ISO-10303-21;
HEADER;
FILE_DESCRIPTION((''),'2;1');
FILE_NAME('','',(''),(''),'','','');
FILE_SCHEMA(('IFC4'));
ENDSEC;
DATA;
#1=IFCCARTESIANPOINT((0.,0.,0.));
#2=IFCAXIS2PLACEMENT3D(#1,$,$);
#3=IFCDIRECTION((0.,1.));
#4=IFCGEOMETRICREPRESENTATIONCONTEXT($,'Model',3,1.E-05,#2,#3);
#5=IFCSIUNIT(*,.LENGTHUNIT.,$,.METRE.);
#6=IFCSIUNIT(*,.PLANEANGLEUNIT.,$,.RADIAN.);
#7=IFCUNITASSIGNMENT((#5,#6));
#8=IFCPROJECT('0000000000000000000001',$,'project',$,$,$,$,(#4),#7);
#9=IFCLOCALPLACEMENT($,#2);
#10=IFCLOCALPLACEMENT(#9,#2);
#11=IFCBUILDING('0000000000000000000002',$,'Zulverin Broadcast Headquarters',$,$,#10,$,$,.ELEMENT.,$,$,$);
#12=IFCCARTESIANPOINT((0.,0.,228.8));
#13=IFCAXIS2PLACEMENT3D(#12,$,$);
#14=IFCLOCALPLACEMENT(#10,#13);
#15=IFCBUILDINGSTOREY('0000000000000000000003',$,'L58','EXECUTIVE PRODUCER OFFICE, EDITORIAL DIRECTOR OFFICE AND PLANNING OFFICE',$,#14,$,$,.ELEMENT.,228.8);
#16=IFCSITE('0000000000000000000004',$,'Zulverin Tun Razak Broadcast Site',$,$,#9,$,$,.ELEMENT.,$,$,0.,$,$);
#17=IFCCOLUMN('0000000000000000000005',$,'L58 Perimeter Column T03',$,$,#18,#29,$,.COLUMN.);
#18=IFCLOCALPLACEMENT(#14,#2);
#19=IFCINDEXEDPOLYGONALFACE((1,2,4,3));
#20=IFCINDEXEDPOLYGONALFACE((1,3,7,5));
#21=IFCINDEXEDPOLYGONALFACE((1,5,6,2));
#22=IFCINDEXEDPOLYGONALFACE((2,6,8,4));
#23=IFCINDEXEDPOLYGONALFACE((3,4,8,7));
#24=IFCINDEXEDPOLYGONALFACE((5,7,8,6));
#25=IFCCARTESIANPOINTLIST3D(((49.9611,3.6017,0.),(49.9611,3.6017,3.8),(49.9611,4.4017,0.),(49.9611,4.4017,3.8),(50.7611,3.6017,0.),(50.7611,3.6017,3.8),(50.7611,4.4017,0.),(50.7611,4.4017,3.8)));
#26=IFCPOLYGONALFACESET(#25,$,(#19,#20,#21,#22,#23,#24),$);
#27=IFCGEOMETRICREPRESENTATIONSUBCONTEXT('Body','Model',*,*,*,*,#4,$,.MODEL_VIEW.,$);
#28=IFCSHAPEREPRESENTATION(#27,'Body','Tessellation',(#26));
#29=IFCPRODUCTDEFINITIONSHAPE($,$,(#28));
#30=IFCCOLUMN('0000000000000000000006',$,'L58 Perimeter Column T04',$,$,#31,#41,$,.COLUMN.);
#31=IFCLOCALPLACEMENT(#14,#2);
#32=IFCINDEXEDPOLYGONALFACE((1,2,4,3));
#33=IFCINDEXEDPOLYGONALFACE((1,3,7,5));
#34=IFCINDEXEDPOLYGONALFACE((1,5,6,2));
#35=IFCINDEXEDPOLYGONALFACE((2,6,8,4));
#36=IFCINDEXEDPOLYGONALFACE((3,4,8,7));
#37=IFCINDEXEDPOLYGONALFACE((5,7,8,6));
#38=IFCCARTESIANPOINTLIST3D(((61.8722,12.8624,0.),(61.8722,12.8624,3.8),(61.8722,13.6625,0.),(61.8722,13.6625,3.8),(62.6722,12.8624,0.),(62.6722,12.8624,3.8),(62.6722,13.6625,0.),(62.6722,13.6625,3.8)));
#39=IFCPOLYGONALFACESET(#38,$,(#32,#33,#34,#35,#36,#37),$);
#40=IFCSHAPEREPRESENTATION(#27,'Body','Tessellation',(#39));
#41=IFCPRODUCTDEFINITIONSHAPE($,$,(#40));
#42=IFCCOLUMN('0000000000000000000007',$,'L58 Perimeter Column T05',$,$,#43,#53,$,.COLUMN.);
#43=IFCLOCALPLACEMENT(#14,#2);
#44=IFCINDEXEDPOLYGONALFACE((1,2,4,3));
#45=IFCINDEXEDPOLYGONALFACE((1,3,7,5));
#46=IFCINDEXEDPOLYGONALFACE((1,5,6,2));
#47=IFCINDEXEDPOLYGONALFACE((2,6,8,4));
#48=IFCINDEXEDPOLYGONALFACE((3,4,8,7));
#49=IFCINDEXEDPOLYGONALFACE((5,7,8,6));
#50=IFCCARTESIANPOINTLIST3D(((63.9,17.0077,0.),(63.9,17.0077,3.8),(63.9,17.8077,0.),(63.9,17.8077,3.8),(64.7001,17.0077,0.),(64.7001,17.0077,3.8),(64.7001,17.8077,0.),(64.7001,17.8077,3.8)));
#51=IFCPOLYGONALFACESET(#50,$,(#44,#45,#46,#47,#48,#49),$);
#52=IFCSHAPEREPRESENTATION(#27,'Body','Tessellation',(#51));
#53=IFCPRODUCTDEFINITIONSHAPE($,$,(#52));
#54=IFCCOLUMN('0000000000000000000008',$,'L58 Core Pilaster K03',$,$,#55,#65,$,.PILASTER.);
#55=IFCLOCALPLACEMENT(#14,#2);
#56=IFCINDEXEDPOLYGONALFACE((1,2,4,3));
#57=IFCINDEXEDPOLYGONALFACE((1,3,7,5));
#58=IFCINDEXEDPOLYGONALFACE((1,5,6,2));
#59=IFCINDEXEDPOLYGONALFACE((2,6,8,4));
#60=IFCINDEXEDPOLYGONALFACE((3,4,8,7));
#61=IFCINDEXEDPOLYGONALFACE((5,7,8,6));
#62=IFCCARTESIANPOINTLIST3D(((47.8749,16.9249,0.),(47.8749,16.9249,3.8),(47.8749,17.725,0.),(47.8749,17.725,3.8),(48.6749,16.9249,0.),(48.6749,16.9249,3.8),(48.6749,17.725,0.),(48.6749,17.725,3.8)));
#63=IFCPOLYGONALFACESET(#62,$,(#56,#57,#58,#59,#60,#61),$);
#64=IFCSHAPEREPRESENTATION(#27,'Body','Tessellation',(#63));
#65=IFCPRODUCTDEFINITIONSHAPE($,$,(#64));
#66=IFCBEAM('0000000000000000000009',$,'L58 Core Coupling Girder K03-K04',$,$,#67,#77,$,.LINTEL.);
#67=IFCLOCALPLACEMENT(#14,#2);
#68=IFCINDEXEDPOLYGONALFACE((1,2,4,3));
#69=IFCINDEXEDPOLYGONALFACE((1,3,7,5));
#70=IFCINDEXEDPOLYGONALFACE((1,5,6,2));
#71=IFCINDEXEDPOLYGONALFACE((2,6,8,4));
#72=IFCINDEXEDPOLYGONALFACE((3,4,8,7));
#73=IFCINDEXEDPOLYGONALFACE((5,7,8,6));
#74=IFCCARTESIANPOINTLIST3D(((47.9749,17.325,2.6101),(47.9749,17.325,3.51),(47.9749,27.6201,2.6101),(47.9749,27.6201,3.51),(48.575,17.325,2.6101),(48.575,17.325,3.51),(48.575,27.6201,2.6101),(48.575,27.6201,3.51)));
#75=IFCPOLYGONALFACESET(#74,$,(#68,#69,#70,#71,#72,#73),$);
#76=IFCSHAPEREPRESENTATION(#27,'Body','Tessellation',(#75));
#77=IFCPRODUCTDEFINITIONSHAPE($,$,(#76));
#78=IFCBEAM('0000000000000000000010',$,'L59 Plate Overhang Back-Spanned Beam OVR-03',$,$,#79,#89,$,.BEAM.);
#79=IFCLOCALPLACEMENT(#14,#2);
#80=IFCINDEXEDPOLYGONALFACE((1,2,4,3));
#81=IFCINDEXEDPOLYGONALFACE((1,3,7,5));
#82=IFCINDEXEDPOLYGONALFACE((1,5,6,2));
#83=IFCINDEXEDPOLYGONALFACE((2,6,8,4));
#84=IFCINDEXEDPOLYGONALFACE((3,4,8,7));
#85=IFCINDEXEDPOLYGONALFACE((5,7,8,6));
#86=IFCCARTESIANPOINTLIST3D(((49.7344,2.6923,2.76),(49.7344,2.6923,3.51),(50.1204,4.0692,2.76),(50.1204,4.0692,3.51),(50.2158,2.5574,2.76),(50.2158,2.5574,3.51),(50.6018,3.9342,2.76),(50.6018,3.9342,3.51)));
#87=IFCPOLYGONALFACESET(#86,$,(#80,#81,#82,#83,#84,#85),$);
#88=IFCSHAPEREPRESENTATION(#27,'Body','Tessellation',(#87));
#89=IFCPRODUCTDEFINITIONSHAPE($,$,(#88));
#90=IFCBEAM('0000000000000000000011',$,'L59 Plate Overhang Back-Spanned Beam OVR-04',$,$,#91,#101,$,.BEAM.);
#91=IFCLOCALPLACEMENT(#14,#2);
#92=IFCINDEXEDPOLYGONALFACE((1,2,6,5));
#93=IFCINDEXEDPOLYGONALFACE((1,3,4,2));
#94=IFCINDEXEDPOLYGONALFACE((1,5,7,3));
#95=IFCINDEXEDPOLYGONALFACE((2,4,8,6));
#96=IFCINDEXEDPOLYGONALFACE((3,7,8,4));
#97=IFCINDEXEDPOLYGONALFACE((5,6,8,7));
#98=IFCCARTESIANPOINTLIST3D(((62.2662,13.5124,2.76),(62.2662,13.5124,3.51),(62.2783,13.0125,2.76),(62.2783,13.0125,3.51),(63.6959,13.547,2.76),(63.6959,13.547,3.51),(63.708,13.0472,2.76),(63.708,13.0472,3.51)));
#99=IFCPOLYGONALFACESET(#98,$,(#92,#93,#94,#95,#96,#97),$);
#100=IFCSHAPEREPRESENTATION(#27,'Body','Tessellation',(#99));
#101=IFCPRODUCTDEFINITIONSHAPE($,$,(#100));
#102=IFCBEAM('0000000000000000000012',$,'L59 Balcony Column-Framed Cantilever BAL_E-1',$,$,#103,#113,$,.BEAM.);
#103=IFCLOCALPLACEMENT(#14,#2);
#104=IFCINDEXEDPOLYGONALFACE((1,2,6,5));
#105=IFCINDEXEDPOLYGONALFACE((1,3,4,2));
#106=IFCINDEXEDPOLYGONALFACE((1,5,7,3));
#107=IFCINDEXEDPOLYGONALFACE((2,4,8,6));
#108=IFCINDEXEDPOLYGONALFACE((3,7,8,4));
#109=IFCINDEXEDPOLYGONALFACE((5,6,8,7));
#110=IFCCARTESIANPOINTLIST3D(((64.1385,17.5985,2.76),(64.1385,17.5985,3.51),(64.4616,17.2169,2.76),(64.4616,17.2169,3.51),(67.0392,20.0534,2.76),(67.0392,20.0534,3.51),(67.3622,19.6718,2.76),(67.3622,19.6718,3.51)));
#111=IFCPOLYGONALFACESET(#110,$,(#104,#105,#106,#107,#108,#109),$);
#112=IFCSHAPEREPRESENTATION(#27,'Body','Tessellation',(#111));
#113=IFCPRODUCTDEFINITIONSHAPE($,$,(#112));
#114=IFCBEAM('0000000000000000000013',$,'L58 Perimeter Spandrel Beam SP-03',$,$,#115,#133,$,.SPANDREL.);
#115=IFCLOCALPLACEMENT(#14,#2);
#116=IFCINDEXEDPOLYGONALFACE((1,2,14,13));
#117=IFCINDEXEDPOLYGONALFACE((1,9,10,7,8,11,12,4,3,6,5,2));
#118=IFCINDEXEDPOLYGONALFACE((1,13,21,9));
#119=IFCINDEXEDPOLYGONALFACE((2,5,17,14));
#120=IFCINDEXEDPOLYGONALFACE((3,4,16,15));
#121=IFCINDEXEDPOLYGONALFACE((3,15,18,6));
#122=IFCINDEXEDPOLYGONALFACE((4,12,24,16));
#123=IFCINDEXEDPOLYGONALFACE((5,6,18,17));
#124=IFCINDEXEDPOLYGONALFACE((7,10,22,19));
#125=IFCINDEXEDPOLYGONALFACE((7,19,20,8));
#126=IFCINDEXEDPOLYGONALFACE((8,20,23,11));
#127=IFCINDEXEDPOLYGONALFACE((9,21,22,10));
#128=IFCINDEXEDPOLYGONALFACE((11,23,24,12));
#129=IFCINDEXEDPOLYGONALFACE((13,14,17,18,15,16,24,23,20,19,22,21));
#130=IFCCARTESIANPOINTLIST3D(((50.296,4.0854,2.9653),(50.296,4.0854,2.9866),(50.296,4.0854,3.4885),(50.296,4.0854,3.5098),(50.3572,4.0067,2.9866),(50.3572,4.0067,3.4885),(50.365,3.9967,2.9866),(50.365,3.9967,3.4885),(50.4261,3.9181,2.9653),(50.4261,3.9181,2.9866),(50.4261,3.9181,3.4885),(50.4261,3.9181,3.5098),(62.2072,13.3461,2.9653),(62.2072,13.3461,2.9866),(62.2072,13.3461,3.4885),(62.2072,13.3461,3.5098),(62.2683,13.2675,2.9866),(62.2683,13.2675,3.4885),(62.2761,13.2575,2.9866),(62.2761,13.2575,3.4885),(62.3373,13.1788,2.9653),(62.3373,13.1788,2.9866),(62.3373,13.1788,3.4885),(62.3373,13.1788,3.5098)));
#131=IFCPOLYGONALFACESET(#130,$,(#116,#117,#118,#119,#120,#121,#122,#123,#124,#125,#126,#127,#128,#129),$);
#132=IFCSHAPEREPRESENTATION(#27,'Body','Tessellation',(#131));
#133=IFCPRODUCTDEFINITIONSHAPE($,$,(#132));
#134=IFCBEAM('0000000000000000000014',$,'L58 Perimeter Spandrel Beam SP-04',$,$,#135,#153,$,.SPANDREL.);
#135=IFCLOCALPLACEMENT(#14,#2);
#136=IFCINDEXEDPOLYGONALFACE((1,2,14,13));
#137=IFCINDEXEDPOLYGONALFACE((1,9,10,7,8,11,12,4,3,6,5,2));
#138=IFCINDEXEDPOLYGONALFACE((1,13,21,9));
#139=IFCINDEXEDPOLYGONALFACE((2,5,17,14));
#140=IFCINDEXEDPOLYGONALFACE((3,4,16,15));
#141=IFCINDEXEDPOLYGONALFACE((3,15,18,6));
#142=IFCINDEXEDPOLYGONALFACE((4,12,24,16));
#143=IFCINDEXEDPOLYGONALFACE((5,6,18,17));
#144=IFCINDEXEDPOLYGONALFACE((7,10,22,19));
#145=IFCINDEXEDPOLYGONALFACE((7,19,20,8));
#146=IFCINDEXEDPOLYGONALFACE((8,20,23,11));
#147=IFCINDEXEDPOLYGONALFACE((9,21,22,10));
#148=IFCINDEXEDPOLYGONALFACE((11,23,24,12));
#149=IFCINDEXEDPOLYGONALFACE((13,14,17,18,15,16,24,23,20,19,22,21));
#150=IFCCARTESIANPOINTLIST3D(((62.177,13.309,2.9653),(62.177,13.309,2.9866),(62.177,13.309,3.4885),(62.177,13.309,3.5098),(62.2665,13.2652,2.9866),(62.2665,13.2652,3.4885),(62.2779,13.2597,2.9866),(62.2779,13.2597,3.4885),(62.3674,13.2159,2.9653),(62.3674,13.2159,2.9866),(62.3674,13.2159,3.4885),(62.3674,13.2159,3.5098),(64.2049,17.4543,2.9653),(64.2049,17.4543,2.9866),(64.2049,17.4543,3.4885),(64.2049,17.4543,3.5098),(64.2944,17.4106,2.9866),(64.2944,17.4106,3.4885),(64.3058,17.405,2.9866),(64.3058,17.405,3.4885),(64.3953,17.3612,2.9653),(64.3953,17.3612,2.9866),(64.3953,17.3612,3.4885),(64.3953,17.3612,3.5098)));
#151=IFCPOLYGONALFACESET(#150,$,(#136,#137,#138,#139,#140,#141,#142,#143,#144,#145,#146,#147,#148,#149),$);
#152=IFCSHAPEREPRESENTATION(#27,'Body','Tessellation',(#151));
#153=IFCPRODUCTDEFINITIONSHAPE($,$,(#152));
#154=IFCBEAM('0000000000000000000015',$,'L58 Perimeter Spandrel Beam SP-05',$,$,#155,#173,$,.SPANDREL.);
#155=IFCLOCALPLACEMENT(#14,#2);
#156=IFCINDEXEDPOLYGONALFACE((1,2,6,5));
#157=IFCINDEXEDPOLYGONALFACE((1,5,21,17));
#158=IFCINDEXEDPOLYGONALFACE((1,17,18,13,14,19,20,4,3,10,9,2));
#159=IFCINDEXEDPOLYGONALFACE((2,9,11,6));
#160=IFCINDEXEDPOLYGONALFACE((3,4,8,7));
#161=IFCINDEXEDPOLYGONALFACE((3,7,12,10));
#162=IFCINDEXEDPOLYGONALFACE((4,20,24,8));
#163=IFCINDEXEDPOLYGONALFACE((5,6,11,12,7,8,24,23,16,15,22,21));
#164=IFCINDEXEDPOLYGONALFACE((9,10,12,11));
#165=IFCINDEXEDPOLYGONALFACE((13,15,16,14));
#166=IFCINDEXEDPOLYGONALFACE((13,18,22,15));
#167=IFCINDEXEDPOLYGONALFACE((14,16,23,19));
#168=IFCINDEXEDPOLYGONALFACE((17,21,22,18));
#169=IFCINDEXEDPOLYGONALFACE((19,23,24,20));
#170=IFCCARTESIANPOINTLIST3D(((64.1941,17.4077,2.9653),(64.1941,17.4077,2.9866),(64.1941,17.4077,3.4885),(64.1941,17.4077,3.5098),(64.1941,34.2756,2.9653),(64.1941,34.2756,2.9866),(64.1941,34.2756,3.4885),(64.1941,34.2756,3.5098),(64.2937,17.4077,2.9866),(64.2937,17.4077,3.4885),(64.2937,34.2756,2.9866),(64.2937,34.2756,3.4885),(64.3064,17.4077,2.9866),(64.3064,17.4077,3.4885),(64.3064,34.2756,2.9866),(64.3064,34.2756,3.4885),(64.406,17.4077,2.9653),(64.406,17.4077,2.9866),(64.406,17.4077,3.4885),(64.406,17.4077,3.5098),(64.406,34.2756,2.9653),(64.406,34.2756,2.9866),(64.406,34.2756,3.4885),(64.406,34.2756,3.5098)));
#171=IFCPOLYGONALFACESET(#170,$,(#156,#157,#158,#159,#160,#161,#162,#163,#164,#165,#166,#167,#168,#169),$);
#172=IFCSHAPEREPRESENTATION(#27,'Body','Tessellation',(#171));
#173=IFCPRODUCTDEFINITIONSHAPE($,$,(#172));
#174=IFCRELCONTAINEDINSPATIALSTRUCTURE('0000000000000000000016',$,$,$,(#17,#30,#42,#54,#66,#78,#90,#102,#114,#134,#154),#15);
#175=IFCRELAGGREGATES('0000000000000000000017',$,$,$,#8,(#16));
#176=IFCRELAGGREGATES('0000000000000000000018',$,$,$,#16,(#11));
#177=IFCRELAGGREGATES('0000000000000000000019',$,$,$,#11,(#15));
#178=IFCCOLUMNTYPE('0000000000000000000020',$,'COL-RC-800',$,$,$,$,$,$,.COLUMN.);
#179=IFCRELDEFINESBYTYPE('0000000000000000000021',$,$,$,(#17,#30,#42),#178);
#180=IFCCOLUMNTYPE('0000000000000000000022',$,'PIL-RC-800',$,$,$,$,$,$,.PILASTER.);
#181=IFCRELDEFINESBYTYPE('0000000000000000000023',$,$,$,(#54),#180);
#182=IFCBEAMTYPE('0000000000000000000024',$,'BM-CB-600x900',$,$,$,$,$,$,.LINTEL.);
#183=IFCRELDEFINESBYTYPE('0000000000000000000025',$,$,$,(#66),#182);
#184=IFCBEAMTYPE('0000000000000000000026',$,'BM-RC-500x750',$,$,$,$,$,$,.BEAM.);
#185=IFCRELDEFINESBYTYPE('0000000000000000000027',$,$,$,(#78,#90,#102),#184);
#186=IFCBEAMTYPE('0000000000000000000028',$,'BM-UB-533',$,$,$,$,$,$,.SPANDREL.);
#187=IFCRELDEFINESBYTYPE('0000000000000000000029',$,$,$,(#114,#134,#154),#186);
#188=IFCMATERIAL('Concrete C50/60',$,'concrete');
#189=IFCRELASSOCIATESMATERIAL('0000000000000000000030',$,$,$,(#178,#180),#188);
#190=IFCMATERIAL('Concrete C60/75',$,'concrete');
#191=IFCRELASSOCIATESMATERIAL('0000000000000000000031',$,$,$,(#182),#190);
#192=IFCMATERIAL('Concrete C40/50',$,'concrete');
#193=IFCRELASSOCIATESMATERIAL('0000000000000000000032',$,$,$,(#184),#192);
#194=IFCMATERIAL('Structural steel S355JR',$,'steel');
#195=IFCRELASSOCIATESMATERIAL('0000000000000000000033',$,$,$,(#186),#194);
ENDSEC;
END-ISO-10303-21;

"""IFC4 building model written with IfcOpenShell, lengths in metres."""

from ifc_helpers import new_model, si_unit, direction, frame, origin, origin_2d, place, context, subcontext, project, spatial, rectangle, i_section, extrude, material, material_profile, profile_set, type_object, element, save


model = new_model("IFC4")

# Units and contexts
model_context = context("Model", 3, precision=1e-05, world=origin(), true_north=direction((0.0, 1.0)))
body_context = subcontext(model_context, "Body", "Model", "MODEL_VIEW")
ifc_project = project(units=[si_unit("LENGTHUNIT", "METRE"), si_unit("PLANEANGLEUNIT", "RADIAN")], contexts=[model_context])

# Site, building, storey
site_placement = place(None, origin())
site = spatial("IfcSite", under=ifc_project, at=site_placement, Name="Zulverin Tun Razak Broadcast Site", CompositionType="ELEMENT", RefElevation=0.0)
building_placement = place(site_placement, origin())
building = spatial("IfcBuilding", under=site, at=building_placement, Name="Zulverin Broadcast Headquarters", CompositionType="ELEMENT")
storey_placement = place(building_placement, frame((0.0, 0.0, 228.8)))
storey = spatial("IfcBuildingStorey", under=building, at=storey_placement, Name="L58", Description="EXECUTIVE PRODUCER OFFICE, EDITORIAL DIRECTOR OFFICE AND PLANNING OFFICE", CompositionType="ELEMENT", Elevation=228.8)

# Columns
ifc_material_1 = material(Name="Concrete C50/60", Category="concrete")
ifc_material_profile_1 = material_profile(ifc_material_1, rectangle(XDim=0.8, YDim=0.8, at=origin_2d()), Name="Concrete C50/60", Category="concrete")
ifc_profile_set_1 = profile_set([ifc_material_profile_1], Name="Concrete C50/60")
column_type_1 = type_object("IfcColumnType", Name="COL-RC-800", PredefinedType="COLUMN", material=ifc_profile_set_1)
for number, where, z_axis, x_axis, name in (
    (1, (50.3611, 4.0017, 0.0), (0.0, 0.0, 1.0), (1.0, 0.0, 0.0), "L58 Perimeter Column T03"),
    (2, (62.2722, 13.2625, 0.0), (0.0, 0.0, 1.0), (1.0, 0.0, 0.0), "L58 Perimeter Column T04"),
    (3, (64.3, 17.4077, 0.0), (0.0, 0.0, 1.0), (1.0, 0.0, 0.0), "L58 Perimeter Column T05"),
):
    element("IfcColumn", number, at=place(storey_placement, frame(where, z_axis=z_axis, x_axis=x_axis)), inside=storey, type_object=column_type_1, Name=name, PredefinedType="COLUMN", context=body_context, shape_type="SweptSolid", body=[
        extrude(rectangle(XDim=0.8, YDim=0.8, at=origin_2d()), origin(), (0.0, 0.0, 1.0), 3.8),
    ])
ifc_material_profile_2 = material_profile(ifc_material_1, rectangle(XDim=0.8, YDim=0.8, at=origin_2d()), Name="Concrete C50/60", Category="concrete")
ifc_profile_set_2 = profile_set([ifc_material_profile_2], Name="Concrete C50/60")
column_type_2 = type_object("IfcColumnType", Name="PIL-RC-800", PredefinedType="PILASTER", material=ifc_profile_set_2)
column_placement = place(storey_placement, frame((48.2749, 17.325, 0.0), z_axis=(0.0, 0.0, 1.0), x_axis=(1.0, 0.0, 0.0)))
element("IfcColumn", 4, at=column_placement, inside=storey, type_object=column_type_2, Name="L58 Core Pilaster K03", PredefinedType="PILASTER", context=body_context, shape_type="SweptSolid", body=[
    extrude(rectangle(XDim=0.8, YDim=0.8, at=origin_2d()), origin(), (0.0, 0.0, 1.0), 3.8),
])

# Beams
ifc_material_2 = material(Name="Concrete C60/75", Category="concrete")
ifc_material_profile_3 = material_profile(ifc_material_2, rectangle(XDim=0.6001, YDim=0.8999, at=origin_2d()), Name="Concrete C60/75", Category="concrete")
ifc_profile_set_3 = profile_set([ifc_material_profile_3], Name="Concrete C60/75")
beam_type_1 = type_object("IfcBeamType", Name="BM-CB-600x900", PredefinedType="LINTEL", material=ifc_profile_set_3)
beam_1_placement = place(storey_placement, frame((48.2749, 17.325, 3.0601), z_axis=(0.0, 1.0, 0.0), x_axis=(-1.0, 0.0, 0.0)))
element("IfcBeam", 5, at=beam_1_placement, inside=storey, type_object=beam_type_1, Name="L58 Core Coupling Girder K03-K04", PredefinedType="LINTEL", context=body_context, shape_type="SweptSolid", body=[
    extrude(rectangle(XDim=0.6001, YDim=0.8999, at=origin_2d()), origin(), (0.0, 0.0, 1.0), 10.2952),
])
ifc_material_3 = material(Name="Concrete C40/50", Category="concrete")
ifc_material_profile_4 = material_profile(ifc_material_3, rectangle(XDim=0.5, YDim=0.75, at=origin_2d()), Name="Concrete C40/50", Category="concrete")
ifc_profile_set_4 = profile_set([ifc_material_profile_4], Name="Concrete C40/50")
beam_type_2 = type_object("IfcBeamType", Name="BM-RC-500x750", PredefinedType="BEAM", material=ifc_profile_set_4)
beam_2_placement = place(storey_placement, frame((50.3611, 4.0017, 3.135), z_axis=(-0.269915, -0.962884, 0.0), x_axis=(0.962884, -0.269915, 0.0)))
element("IfcBeam", 6, at=beam_2_placement, inside=storey, type_object=beam_type_2, Name="L59 Plate Overhang Back-Spanned Beam OVR-03", PredefinedType="BEAM", context=body_context, shape_type="SweptSolid", body=[
    extrude(rectangle(XDim=0.5, YDim=0.75, at=origin_2d()), origin(), (0.0, 0.0, 1.0), 1.4299),
])
beam_3_placement = place(storey_placement, frame((62.2722, 13.2625, 3.135), z_axis=(0.999706, 0.024242, 0.0), x_axis=(-0.024242, 0.999706, 0.0)))
element("IfcBeam", 7, at=beam_3_placement, inside=storey, type_object=beam_type_2, Name="L59 Plate Overhang Back-Spanned Beam OVR-04", PredefinedType="BEAM", context=body_context, shape_type="SweptSolid", body=[
    extrude(rectangle(XDim=0.5, YDim=0.75, at=origin_2d()), origin(), (0.0, 0.0, 1.0), 1.4302),
])
beam_4_placement = place(storey_placement, frame((64.3, 17.4077, 3.135), z_axis=(0.763328, 0.646011, 0.0), x_axis=(-0.646011, 0.763328, 0.0)))
element("IfcBeam", 8, at=beam_4_placement, inside=storey, type_object=beam_type_2, Name="L59 Balcony Column-Framed Cantilever BAL_E-1", PredefinedType="BEAM", context=body_context, shape_type="SweptSolid", body=[
    extrude(rectangle(XDim=0.5, YDim=0.75, at=origin_2d()), origin(), (0.0, 0.0, 1.0), 3.8),
])
ifc_material_4 = material(Name="Structural steel S355JR", Category="steel")
ifc_material_profile_5 = material_profile(ifc_material_4, i_section(OverallWidth=0.2119, OverallDepth=0.5444, WebThickness=0.0127, FlangeThickness=0.0212, at=origin_2d()), Name="Structural steel S355JR", Category="steel")
ifc_profile_set_5 = profile_set([ifc_material_profile_5], Name="Structural steel S355JR")
beam_type_3 = type_object("IfcBeamType", Name="BM-UB-533", PredefinedType="SPANDREL", material=ifc_profile_set_5)
beam_5_placement = place(storey_placement, frame((50.3611, 4.0017, 3.2375), z_axis=(0.789464, 0.613797, 0.0), x_axis=(-0.613797, 0.789464, 0.0)))
element("IfcBeam", 9, at=beam_5_placement, inside=storey, type_object=beam_type_3, Name="L58 Perimeter Spandrel Beam SP-03", PredefinedType="SPANDREL", context=body_context, shape_type="SweptSolid", body=[
    extrude(i_section(OverallWidth=0.2119, OverallDepth=0.5444, WebThickness=0.0127, FlangeThickness=0.0212, at=origin_2d()), origin(), (0.0, 0.0, 1.0), 15.0876),
])
beam_6_placement = place(storey_placement, frame((62.2722, 13.2625, 3.2375), z_axis=(0.43943, 0.898277, 0.0), x_axis=(-0.898277, 0.43943, 0.0)))
element("IfcBeam", 10, at=beam_6_placement, inside=storey, type_object=beam_type_3, Name="L58 Perimeter Spandrel Beam SP-04", PredefinedType="SPANDREL", context=body_context, shape_type="SweptSolid", body=[
    extrude(i_section(OverallWidth=0.2119, OverallDepth=0.5444, WebThickness=0.0127, FlangeThickness=0.0212, at=origin_2d()), origin(), (0.0, 0.0, 1.0), 4.6147),
])
beam_7_placement = place(storey_placement, frame((64.3, 17.4077, 3.2375), z_axis=(0.0, 1.0, 0.0), x_axis=(-1.0, 0.0, 0.0)))
element("IfcBeam", 11, at=beam_7_placement, inside=storey, type_object=beam_type_3, Name="L58 Perimeter Spandrel Beam SP-05", PredefinedType="SPANDREL", context=body_context, shape_type="SweptSolid", body=[
    extrude(i_section(OverallWidth=0.2119, OverallDepth=0.5444, WebThickness=0.0127, FlangeThickness=0.0212, at=origin_2d()), origin(), (0.0, 0.0, 1.0), 16.8679),
])

save(model, "model.ifc")
